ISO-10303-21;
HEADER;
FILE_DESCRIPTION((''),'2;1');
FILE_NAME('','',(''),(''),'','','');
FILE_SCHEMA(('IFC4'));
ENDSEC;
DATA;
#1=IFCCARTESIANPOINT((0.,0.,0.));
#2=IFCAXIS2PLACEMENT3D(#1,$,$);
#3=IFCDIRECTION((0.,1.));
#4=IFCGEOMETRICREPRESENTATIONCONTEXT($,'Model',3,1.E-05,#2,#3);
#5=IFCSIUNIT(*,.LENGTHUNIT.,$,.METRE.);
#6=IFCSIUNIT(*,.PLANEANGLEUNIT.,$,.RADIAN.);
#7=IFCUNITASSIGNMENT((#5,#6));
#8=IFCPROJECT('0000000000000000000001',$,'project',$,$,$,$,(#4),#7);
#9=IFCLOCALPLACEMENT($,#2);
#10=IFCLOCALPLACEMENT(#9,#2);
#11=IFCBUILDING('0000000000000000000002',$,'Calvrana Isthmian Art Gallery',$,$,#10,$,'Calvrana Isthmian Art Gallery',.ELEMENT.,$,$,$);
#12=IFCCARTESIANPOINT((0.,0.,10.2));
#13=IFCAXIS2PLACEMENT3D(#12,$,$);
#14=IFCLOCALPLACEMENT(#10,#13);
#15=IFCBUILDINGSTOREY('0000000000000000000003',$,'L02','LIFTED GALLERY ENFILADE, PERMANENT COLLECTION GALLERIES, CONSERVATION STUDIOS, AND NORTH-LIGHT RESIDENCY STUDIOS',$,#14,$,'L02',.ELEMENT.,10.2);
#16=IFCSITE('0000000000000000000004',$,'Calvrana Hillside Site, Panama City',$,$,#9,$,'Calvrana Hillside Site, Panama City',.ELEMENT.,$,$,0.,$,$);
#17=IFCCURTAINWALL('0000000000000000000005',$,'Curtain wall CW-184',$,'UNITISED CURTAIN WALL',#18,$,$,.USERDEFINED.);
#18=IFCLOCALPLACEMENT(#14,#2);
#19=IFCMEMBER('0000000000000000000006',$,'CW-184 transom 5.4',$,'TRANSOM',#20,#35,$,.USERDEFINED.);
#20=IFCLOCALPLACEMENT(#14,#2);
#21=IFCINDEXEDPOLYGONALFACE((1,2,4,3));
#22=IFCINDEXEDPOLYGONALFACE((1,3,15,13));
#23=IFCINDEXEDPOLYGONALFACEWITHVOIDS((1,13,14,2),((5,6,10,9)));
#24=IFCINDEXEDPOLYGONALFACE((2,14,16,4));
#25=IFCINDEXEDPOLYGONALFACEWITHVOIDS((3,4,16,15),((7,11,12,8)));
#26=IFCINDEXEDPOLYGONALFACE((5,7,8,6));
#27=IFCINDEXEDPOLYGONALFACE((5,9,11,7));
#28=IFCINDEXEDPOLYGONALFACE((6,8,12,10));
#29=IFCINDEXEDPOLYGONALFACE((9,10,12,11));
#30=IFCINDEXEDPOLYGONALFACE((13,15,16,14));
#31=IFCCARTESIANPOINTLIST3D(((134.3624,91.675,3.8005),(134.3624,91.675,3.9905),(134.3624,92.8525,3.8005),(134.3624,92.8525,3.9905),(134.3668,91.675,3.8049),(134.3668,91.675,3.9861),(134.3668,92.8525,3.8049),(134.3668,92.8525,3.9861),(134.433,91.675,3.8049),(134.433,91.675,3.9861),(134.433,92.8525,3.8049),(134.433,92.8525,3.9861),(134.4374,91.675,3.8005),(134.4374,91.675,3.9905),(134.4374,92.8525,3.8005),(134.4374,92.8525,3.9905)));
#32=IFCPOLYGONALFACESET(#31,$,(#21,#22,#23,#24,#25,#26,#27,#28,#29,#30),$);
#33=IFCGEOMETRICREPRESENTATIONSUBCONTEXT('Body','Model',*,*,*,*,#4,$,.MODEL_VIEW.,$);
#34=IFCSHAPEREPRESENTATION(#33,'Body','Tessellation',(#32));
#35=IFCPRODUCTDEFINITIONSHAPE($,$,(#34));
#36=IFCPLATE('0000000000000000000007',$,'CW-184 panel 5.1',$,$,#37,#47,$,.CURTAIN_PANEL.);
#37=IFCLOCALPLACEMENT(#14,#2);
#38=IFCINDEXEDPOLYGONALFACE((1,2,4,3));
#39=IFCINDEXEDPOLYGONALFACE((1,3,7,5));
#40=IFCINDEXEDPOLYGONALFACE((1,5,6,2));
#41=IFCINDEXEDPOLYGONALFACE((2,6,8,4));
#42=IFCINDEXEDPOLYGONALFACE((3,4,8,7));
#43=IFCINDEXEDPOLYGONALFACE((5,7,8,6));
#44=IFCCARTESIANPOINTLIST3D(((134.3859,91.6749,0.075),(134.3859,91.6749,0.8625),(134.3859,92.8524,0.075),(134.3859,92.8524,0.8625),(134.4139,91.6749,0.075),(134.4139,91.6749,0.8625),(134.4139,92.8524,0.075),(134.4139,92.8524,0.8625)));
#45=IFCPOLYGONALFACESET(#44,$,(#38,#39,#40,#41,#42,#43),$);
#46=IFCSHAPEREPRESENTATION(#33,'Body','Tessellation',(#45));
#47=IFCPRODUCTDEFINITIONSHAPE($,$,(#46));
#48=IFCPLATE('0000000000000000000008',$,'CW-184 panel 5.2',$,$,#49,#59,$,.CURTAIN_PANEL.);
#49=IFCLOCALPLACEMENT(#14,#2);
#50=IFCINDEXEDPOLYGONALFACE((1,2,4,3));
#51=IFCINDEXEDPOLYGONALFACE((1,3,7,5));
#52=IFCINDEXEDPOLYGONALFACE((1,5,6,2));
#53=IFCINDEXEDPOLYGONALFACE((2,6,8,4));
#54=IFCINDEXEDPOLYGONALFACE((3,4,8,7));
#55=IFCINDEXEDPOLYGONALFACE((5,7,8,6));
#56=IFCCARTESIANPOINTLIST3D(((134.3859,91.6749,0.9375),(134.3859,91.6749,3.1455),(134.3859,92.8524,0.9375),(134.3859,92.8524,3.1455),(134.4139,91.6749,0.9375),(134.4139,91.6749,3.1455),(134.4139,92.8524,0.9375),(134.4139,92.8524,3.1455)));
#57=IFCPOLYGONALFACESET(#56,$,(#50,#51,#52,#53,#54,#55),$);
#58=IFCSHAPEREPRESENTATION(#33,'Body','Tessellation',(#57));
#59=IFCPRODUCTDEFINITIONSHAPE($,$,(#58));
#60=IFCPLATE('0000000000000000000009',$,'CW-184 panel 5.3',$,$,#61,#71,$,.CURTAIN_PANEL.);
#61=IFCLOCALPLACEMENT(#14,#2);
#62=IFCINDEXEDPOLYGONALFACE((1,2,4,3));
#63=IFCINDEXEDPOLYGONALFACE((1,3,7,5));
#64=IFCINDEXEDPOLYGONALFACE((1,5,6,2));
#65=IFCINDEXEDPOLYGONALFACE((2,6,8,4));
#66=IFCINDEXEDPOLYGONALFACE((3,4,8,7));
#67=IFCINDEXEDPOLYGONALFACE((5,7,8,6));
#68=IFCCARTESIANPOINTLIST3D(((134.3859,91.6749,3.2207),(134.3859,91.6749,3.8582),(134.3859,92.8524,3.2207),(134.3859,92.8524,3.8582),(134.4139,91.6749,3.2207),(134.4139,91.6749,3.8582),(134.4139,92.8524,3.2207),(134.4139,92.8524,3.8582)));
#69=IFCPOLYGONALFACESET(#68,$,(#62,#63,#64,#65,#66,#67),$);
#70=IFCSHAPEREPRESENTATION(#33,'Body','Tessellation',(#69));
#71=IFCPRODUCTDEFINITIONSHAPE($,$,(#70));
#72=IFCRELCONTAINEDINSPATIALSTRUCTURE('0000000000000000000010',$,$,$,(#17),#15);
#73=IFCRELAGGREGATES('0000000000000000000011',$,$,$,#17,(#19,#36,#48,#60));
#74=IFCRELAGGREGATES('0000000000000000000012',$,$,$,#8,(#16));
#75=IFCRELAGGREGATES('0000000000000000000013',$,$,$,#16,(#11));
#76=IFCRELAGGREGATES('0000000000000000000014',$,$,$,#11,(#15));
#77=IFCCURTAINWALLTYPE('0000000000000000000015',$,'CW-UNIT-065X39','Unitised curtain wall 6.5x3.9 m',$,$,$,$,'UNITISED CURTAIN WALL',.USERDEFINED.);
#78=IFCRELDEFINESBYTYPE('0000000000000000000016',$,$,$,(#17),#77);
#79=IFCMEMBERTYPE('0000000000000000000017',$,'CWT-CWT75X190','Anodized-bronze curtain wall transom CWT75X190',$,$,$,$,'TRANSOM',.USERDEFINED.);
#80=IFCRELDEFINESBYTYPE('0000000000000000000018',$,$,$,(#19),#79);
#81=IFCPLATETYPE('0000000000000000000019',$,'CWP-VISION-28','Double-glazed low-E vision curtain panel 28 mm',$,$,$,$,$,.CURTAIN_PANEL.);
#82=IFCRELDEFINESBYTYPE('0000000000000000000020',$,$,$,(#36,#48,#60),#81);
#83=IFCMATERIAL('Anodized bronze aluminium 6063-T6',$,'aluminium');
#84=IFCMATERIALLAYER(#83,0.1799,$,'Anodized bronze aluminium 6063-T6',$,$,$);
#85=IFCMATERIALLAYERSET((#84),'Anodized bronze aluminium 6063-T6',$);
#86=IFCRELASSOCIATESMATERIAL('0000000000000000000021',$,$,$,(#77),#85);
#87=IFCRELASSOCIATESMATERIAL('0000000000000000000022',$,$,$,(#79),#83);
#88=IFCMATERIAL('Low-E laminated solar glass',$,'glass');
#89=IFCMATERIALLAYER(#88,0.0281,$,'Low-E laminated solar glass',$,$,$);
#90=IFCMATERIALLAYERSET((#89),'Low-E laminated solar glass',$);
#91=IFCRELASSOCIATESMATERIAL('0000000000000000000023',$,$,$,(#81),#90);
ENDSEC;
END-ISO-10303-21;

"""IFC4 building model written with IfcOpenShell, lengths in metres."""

from ifc_helpers import new_model, si_unit, direction, frame, origin, origin_2d, place, context, subcontext, project, spatial, rectangle, hollow_rectangle, extrude, material, layer, layer_set, material_profile, profile_set, type_object, element, aggregate, save


model = new_model("IFC4")

# Units and contexts
model_context = context("Model", 3, precision=1e-05, world=origin(), true_north=direction((0.0, 1.0)))
body_context = subcontext(model_context, "Body", "Model", "MODEL_VIEW")
ifc_project = project(units=[si_unit("LENGTHUNIT", "METRE"), si_unit("PLANEANGLEUNIT", "RADIAN")], contexts=[model_context])

# Site, building, storey
site_placement = place(None, origin())
site = spatial("IfcSite", under=ifc_project, at=site_placement, Name="Calvrana Hillside Site, Panama City", LongName="Calvrana Hillside Site, Panama City", CompositionType="ELEMENT", RefElevation=0.0)
building_placement = place(site_placement, origin())
building = spatial("IfcBuilding", under=site, at=building_placement, Name="Calvrana Isthmian Art Gallery", LongName="Calvrana Isthmian Art Gallery", CompositionType="ELEMENT")
storey_placement = place(building_placement, frame((0.0, 0.0, 10.2)))
storey = spatial("IfcBuildingStorey", under=building, at=storey_placement, Name="L02", Description="LIFTED GALLERY ENFILADE, PERMANENT COLLECTION GALLERIES, CONSERVATION STUDIOS, AND NORTH-LIGHT RESIDENCY STUDIOS", LongName="L02", CompositionType="ELEMENT", Elevation=10.2)

# Curtain wall, member, plates
ifc_material_1 = material(Name="Anodized bronze aluminium 6063-T6", Category="aluminium")
ifc_layer_1 = layer(ifc_material_1, 0.1799, Name="Anodized bronze aluminium 6063-T6")
ifc_layer_set_1 = layer_set([ifc_layer_1], Name="Anodized bronze aluminium 6063-T6")
curtain_wall_type = type_object("IfcCurtainWallType", Name="CW-UNIT-065X39", Description="Unitised curtain wall 6.5x3.9 m", ElementType="UNITISED CURTAIN WALL", PredefinedType="USERDEFINED", material=ifc_layer_set_1)
curtain_wall_placement = place(storey_placement, origin())
curtain_wall = element("IfcCurtainWall", 1, at=curtain_wall_placement, inside=storey, type_object=curtain_wall_type, Name="Curtain wall CW-184", ObjectType="UNITISED CURTAIN WALL", PredefinedType="USERDEFINED")
ifc_material_profile_1 = material_profile(ifc_material_1, hollow_rectangle(XDim=0.075, YDim=0.1899, WallThickness=0.0044, at=origin_2d()), Name="CWT75X190")
ifc_profile_set_1 = profile_set([ifc_material_profile_1], Name="Anodized bronze aluminium 6063-T6")
member_type_1 = type_object("IfcMemberType", Name="CWT-CWT75X190", Description="Anodized-bronze curtain wall transom CWT75X190", ElementType="TRANSOM", PredefinedType="USERDEFINED", material=ifc_profile_set_1)
member_1_placement = place(storey_placement, frame((134.3999, 92.8525, 3.8955), z_axis=(0.0, -1.0, 0.0), x_axis=(1.0, 0.0, 0.0)))
member_1 = element("IfcMember", 2, at=member_1_placement, type_object=member_type_1, Name="CW-184 transom 5.4", ObjectType="TRANSOM", PredefinedType="USERDEFINED", context=body_context, shape_type="SweptSolid", body=[
    extrude(hollow_rectangle(XDim=0.075, YDim=0.1899, WallThickness=0.0044, at=origin_2d()), origin(), (0.0, 0.0, 1.0), 1.1775),
])
ifc_material_2 = material(Name="Low-E laminated solar glass", Category="glass")
ifc_layer_2 = layer(ifc_material_2, 0.0281, Name="Low-E laminated solar glass")
ifc_layer_set_2 = layer_set([ifc_layer_2], Name="Low-E laminated solar glass")
plate_type = type_object("IfcPlateType", Name="CWP-VISION-28", Description="Double-glazed low-E vision curtain panel 28 mm", PredefinedType="CURTAIN_PANEL", material=ifc_layer_set_2)
plate_1_placement = place(storey_placement, frame((134.3999, 92.2637, 0.075), z_axis=(0.0, 0.0, 1.0), x_axis=(0.0, -1.0, 0.0)))
plate_1 = element("IfcPlate", 3, at=plate_1_placement, type_object=plate_type, Name="CW-184 panel 5.1", PredefinedType="CURTAIN_PANEL", context=body_context, shape_type="SweptSolid", body=[
    extrude(rectangle(XDim=1.1775, YDim=0.0281, at=origin_2d()), origin(), (0.0, 0.0, 1.0), 0.7876),
])
plate_2_placement = place(storey_placement, frame((134.3999, 92.2637, 0.9375), z_axis=(0.0, 0.0, 1.0), x_axis=(0.0, -1.0, 0.0)))
plate_2 = element("IfcPlate", 4, at=plate_2_placement, type_object=plate_type, Name="CW-184 panel 5.2", PredefinedType="CURTAIN_PANEL", context=body_context, shape_type="SweptSolid", body=[
    extrude(rectangle(XDim=1.1775, YDim=0.0281, at=origin_2d()), origin(), (0.0, 0.0, 1.0), 2.208),
])
plate_3_placement = place(storey_placement, frame((134.3999, 92.2637, 3.2207), z_axis=(0.0, 0.0, 1.0), x_axis=(0.0, -1.0, 0.0)))
plate_3 = element("IfcPlate", 5, at=plate_3_placement, type_object=plate_type, Name="CW-184 panel 5.3", PredefinedType="CURTAIN_PANEL", context=body_context, shape_type="SweptSolid", body=[
    extrude(rectangle(XDim=1.1775, YDim=0.0281, at=origin_2d()), origin(), (0.0, 0.0, 1.0), 0.6375),
])
aggregate(curtain_wall, [member_1, plate_1, plate_2, plate_3])

save(model, "model.ifc")
